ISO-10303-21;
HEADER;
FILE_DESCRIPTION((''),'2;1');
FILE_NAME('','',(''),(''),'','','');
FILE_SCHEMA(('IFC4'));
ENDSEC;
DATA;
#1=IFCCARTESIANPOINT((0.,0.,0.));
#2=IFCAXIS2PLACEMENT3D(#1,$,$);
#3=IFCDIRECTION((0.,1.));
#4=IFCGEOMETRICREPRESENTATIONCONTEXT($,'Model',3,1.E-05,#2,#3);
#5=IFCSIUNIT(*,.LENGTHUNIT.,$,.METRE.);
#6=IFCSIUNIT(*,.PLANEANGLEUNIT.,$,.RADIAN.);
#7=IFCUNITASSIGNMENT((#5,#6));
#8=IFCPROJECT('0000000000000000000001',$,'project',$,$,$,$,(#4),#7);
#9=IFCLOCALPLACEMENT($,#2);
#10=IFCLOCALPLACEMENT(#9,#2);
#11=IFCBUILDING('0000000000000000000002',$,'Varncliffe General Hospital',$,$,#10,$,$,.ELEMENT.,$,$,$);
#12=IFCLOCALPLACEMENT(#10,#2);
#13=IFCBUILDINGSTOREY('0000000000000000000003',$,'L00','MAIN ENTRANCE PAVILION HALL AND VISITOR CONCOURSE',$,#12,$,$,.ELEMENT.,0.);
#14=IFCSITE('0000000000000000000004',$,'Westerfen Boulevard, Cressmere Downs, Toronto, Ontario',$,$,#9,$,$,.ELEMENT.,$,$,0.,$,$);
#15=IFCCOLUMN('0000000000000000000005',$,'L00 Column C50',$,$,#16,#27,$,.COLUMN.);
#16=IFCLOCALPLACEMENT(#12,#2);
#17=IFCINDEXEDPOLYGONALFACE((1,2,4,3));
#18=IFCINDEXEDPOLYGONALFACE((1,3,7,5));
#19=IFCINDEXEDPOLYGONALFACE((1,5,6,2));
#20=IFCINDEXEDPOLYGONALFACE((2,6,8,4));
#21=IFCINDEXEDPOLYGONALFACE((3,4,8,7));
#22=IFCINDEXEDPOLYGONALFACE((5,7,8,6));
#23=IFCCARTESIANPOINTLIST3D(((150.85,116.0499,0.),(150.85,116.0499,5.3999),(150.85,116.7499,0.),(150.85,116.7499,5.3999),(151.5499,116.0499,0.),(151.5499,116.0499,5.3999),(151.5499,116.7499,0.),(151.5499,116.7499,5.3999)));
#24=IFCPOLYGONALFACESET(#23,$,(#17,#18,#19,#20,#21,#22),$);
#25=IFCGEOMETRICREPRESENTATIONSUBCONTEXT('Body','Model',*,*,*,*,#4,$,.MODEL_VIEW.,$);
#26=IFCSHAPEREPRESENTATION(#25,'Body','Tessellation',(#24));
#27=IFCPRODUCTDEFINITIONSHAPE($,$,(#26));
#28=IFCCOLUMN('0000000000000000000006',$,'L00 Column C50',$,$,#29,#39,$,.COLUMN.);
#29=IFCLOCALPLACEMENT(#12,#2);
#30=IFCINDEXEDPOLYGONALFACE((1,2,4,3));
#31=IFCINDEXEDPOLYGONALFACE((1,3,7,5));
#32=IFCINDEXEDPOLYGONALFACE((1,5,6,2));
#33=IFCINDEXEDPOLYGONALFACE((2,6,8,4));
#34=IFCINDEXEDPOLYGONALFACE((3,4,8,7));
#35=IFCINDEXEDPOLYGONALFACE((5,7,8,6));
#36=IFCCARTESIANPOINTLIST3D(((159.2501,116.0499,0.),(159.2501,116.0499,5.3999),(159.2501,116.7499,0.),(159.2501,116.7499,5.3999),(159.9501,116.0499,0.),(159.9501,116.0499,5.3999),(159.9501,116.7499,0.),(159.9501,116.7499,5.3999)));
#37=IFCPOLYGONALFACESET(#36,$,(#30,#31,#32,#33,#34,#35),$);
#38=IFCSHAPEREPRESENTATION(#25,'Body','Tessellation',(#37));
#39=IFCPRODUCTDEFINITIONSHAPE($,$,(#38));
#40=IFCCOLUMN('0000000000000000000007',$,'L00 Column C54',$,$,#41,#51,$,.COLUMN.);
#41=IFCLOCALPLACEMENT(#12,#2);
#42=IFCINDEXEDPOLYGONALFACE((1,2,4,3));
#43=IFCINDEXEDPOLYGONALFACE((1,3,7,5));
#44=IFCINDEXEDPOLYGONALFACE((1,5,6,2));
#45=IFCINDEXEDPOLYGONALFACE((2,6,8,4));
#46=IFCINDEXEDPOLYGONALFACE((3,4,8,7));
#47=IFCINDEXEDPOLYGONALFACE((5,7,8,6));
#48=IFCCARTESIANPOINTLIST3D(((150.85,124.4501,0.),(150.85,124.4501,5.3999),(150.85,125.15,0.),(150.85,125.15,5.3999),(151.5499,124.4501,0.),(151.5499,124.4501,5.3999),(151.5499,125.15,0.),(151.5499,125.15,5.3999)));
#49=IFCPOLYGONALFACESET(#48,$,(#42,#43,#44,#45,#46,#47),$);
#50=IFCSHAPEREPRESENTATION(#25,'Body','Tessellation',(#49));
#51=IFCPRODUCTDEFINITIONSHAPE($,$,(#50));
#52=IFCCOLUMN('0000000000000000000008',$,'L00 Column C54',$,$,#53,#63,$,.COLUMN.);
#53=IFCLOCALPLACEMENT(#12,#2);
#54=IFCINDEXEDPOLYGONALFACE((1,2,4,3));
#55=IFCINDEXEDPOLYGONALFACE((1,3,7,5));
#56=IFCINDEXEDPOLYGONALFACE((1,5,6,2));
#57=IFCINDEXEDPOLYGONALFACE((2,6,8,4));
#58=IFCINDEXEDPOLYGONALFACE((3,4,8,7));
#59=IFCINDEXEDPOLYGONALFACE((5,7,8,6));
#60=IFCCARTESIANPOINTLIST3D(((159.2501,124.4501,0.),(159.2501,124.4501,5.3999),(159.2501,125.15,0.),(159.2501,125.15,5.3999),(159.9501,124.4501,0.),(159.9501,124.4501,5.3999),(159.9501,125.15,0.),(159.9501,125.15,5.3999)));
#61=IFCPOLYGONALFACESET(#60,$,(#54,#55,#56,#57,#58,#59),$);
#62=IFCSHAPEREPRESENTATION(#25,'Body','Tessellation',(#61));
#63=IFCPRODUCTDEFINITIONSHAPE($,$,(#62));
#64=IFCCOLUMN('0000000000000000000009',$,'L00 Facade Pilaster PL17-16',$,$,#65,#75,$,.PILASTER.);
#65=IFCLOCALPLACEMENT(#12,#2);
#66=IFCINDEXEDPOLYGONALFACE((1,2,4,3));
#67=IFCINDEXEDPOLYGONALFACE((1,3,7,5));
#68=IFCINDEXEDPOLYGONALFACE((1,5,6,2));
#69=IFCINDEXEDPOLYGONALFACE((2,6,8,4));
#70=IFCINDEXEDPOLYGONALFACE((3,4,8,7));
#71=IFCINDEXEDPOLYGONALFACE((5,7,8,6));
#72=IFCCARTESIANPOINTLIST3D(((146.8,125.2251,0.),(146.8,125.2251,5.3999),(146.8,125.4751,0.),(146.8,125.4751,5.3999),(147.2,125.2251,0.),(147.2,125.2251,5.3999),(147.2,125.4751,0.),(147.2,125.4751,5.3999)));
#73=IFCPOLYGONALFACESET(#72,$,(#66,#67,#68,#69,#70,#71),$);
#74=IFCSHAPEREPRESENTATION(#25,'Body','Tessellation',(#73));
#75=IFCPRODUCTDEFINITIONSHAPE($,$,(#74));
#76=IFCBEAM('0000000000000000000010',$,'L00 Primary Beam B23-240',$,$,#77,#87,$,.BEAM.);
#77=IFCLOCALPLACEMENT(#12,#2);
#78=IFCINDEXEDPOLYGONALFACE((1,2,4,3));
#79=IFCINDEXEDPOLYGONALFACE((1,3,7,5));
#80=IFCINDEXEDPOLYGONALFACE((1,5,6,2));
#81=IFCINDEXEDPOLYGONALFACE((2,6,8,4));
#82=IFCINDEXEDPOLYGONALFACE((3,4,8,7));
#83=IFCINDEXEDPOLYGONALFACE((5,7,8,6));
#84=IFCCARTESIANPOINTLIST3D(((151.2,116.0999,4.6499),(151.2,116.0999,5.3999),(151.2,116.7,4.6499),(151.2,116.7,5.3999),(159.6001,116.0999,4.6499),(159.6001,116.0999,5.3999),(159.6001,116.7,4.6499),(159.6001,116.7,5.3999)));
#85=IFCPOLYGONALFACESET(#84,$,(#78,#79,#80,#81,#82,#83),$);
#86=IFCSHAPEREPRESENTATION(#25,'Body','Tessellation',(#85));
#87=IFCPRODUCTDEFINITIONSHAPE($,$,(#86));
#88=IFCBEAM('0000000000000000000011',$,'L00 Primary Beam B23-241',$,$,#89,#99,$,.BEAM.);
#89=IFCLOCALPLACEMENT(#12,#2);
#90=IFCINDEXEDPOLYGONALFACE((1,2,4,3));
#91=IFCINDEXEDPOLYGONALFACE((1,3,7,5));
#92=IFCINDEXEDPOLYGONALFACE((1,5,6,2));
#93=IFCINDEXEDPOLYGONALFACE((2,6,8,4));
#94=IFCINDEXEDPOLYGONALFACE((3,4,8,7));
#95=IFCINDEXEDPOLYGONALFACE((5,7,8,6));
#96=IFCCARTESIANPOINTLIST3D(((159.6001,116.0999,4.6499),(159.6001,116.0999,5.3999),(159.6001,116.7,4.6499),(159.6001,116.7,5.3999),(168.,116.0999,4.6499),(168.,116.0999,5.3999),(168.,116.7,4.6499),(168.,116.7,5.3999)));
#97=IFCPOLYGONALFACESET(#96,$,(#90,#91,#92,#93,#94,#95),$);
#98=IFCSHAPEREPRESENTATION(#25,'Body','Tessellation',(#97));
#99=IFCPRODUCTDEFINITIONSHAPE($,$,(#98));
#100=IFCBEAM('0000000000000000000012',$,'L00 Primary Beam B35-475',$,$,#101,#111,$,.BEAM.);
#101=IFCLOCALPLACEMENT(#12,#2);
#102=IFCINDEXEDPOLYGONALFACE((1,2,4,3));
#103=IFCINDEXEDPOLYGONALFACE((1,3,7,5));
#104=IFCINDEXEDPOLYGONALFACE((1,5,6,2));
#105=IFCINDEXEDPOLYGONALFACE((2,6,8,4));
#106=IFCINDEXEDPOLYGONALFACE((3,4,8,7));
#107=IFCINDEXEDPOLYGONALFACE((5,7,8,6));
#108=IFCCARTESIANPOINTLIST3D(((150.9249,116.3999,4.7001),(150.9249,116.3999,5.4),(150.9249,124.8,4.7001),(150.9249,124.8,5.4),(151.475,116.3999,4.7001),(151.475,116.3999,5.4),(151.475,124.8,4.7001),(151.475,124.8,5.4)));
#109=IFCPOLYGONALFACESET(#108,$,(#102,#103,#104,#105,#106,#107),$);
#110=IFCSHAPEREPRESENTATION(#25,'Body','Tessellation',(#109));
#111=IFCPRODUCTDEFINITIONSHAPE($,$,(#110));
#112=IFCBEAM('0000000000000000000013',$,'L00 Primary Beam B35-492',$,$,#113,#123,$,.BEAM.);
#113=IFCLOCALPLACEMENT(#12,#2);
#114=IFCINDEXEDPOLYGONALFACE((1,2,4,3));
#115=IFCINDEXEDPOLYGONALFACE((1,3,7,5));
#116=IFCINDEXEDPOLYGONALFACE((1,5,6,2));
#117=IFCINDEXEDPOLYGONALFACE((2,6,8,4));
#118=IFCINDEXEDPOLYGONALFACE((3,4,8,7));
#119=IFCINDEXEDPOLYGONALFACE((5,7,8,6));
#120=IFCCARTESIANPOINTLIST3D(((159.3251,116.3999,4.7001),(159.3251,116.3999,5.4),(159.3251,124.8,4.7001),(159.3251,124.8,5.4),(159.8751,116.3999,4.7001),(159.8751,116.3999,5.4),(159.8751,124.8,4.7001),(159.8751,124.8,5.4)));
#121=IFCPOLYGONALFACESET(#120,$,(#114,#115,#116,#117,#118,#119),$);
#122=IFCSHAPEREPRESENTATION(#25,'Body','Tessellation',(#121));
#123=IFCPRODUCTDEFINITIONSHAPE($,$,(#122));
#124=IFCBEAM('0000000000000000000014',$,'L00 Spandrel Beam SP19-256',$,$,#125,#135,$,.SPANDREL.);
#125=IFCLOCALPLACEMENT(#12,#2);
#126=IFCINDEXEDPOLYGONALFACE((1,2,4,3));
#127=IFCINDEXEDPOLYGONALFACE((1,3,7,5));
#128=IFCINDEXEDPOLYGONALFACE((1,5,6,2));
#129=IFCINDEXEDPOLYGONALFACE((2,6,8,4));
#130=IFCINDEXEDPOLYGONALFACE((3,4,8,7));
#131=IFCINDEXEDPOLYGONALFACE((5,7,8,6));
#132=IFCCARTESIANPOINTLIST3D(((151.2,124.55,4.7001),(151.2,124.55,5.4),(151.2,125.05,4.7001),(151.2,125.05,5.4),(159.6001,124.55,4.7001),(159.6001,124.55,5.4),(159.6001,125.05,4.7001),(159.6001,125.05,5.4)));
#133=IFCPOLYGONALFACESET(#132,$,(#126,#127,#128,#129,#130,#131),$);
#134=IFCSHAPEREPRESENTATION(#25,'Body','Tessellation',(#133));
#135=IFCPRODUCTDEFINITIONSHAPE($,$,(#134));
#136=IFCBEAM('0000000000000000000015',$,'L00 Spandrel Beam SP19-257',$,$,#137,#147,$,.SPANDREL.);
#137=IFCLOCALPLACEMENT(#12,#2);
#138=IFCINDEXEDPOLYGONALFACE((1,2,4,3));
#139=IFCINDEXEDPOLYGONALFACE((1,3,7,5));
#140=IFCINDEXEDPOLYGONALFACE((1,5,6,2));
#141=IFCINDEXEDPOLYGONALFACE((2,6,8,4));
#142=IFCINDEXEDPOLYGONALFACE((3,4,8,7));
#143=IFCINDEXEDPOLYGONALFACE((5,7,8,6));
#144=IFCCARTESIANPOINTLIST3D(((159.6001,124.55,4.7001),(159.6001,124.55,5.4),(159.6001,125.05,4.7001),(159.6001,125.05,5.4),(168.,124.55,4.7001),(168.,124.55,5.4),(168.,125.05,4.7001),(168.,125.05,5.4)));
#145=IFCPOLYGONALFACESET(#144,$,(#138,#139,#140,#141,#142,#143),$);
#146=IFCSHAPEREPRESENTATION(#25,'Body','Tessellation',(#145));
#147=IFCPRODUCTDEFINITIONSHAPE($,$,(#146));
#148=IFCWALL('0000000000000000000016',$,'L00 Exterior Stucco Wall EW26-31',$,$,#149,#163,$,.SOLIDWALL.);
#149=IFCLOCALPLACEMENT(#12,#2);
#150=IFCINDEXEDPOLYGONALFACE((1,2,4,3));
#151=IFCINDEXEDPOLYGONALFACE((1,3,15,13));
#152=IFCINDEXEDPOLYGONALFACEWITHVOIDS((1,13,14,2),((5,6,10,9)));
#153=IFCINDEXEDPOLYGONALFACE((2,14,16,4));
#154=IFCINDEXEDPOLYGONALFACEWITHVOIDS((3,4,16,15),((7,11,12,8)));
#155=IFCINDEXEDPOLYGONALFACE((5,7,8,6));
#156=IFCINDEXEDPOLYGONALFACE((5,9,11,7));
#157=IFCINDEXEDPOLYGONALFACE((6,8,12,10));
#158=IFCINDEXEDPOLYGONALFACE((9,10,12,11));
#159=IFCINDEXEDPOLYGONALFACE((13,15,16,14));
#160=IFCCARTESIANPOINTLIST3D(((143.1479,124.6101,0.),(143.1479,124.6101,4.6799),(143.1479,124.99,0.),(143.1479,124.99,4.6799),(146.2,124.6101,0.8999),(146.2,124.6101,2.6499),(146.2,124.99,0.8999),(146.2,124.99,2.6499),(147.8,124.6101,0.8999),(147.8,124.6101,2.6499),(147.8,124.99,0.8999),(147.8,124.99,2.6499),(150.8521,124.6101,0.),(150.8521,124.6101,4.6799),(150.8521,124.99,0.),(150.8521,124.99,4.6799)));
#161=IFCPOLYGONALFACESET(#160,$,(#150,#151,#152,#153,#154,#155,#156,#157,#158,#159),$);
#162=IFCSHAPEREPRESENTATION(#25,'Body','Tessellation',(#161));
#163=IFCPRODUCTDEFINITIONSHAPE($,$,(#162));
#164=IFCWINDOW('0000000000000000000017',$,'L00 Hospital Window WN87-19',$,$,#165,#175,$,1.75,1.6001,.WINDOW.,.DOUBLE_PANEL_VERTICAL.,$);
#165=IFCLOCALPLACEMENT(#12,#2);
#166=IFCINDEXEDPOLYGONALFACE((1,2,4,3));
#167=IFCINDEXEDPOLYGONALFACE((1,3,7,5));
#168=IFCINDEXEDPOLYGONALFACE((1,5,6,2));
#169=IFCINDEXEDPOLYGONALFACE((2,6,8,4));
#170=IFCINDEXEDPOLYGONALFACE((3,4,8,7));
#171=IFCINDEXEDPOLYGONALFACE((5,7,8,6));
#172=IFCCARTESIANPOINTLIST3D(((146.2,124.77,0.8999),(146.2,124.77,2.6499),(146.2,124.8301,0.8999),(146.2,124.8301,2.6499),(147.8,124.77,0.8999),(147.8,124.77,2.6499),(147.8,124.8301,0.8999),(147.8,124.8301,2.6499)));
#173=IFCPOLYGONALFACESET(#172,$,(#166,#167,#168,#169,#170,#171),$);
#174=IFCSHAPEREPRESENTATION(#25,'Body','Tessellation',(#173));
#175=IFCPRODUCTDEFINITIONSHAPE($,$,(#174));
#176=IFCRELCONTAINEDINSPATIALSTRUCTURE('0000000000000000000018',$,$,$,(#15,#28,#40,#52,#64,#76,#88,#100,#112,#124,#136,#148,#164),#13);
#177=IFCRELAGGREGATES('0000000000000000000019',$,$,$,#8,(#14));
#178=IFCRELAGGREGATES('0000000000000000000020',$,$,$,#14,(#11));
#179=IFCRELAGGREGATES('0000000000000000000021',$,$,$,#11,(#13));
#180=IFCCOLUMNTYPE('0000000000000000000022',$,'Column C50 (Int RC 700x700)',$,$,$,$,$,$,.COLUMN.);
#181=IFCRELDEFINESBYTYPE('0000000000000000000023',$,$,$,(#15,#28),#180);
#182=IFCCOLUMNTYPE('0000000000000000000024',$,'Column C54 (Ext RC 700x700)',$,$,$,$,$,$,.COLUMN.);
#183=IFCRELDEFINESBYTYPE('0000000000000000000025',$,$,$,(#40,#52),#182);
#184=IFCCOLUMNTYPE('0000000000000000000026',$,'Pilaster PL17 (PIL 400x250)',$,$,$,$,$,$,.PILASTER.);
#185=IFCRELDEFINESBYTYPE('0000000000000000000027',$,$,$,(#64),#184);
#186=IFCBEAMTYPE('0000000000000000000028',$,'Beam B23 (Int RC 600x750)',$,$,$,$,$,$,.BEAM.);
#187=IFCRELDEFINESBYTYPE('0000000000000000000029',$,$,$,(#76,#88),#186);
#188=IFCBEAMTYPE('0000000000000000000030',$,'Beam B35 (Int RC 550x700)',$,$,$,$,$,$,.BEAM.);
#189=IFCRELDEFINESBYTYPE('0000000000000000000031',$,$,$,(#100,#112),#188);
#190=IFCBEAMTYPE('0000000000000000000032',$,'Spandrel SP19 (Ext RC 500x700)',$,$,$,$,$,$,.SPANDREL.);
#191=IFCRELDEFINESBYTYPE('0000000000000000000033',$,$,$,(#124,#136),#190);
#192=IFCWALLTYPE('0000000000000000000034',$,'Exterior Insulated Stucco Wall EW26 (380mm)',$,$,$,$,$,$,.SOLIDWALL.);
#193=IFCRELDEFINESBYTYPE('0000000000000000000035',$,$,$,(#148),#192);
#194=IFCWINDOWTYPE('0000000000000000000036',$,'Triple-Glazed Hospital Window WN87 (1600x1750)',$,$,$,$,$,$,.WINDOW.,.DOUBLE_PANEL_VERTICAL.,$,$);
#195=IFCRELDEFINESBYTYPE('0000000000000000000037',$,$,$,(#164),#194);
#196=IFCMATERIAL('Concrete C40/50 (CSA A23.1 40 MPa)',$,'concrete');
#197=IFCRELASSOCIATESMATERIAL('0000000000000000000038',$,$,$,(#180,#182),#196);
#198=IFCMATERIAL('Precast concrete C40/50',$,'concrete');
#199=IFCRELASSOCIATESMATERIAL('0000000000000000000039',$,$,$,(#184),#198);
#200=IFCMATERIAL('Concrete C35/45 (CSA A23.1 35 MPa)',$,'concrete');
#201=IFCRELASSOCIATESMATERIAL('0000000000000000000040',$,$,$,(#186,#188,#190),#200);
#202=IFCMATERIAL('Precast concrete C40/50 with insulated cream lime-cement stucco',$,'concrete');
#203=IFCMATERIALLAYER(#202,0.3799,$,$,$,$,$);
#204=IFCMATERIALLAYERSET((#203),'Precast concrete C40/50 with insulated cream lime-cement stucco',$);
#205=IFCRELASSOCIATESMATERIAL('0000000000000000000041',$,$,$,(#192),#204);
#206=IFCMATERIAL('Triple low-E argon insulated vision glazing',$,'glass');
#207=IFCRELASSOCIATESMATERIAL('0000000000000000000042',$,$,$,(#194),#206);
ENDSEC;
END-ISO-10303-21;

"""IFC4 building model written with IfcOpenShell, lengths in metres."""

from ifc_helpers import new_model, si_unit, direction, frame, frame_2d, origin, origin_2d, place, context, subcontext, project, spatial, rectangle, extrude, material, layer, layer_set, material_profile, profile_set, type_object, element, fill, save


model = new_model("IFC4")

# Units and contexts
model_context = context("Model", 3, precision=1e-05, world=origin(), true_north=direction((0.0, 1.0)))
body_context = subcontext(model_context, "Body", "Model", "MODEL_VIEW")
ifc_project = project(units=[si_unit("LENGTHUNIT", "METRE"), si_unit("PLANEANGLEUNIT", "RADIAN")], contexts=[model_context])

# Site, building, storey
site_placement = place(None, origin())
site = spatial("IfcSite", under=ifc_project, at=site_placement, Name="Westerfen Boulevard, Cressmere Downs, Toronto, Ontario", CompositionType="ELEMENT", RefElevation=0.0)
building_placement = place(site_placement, origin())
building = spatial("IfcBuilding", under=site, at=building_placement, Name="Varncliffe General Hospital", CompositionType="ELEMENT")
storey_placement = place(building_placement, origin())
storey = spatial("IfcBuildingStorey", under=building, at=storey_placement, Name="L00", Description="MAIN ENTRANCE PAVILION HALL AND VISITOR CONCOURSE", CompositionType="ELEMENT", Elevation=0.0)

# Columns
ifc_material_1 = material(Name="Concrete C40/50 (CSA A23.1 40 MPa)", Category="concrete")
ifc_material_profile_1 = material_profile(ifc_material_1, rectangle(XDim=0.7, YDim=0.7, at=origin_2d()), Name="RC 700x700")
ifc_profile_set_1 = profile_set([ifc_material_profile_1], Name="Concrete C40/50 (CSA A23.1 40 MPa)")
column_type_1 = type_object("IfcColumnType", Name="Column C50 (Int RC 700x700)", PredefinedType="COLUMN", material=ifc_profile_set_1)
for number, where, z_axis, x_axis, name in (
    (1, (151.2, 116.3999, 0.0), (0.0, 0.0, 1.0), (1.0, 0.0, 0.0), "L00 Column C50"),
    (2, (159.6001, 116.3999, 0.0), (0.0, 0.0, 1.0), (1.0, 0.0, 0.0), "L00 Column C50"),
):
    element("IfcColumn", number, at=place(storey_placement, frame(where, z_axis=z_axis, x_axis=x_axis)), inside=storey, type_object=column_type_1, Name=name, PredefinedType="COLUMN", context=body_context, shape_type="SweptSolid", body=[
        extrude(rectangle(XDim=0.7, YDim=0.7, at=origin_2d()), origin(), (0.0, 0.0, 1.0), 5.3999),
    ])
ifc_material_profile_2 = material_profile(ifc_material_1, rectangle(XDim=0.7, YDim=0.7, at=origin_2d()), Name="RC 700x700")
ifc_profile_set_2 = profile_set([ifc_material_profile_2], Name="Concrete C40/50 (CSA A23.1 40 MPa)")
column_type_2 = type_object("IfcColumnType", Name="Column C54 (Ext RC 700x700)", PredefinedType="COLUMN", material=ifc_profile_set_2)
for number, where, z_axis, x_axis, name in (
    (3, (151.2, 124.8, 0.0), (0.0, 0.0, 1.0), (1.0, 0.0, 0.0), "L00 Column C54"),
    (4, (159.6001, 124.8, 0.0), (0.0, 0.0, 1.0), (1.0, 0.0, 0.0), "L00 Column C54"),
):
    element("IfcColumn", number, at=place(storey_placement, frame(where, z_axis=z_axis, x_axis=x_axis)), inside=storey, type_object=column_type_2, Name=name, PredefinedType="COLUMN", context=body_context, shape_type="SweptSolid", body=[
        extrude(rectangle(XDim=0.7, YDim=0.7, at=origin_2d()), origin(), (0.0, 0.0, 1.0), 5.3999),
    ])
ifc_material_2 = material(Name="Precast concrete C40/50", Category="concrete")
ifc_material_profile_3 = material_profile(ifc_material_2, rectangle(XDim=0.3999, YDim=0.25, at=origin_2d()), Name="PIL 400x250")
ifc_profile_set_3 = profile_set([ifc_material_profile_3], Name="Precast concrete C40/50")
column_type_3 = type_object("IfcColumnType", Name="Pilaster PL17 (PIL 400x250)", PredefinedType="PILASTER", material=ifc_profile_set_3)
column_placement = place(storey_placement, frame((147.0, 125.3501, 0.0), z_axis=(0.0, 0.0, 1.0), x_axis=(1.0, 0.0, 0.0)))
element("IfcColumn", 5, at=column_placement, inside=storey, type_object=column_type_3, Name="L00 Facade Pilaster PL17-16", PredefinedType="PILASTER", context=body_context, shape_type="SweptSolid", body=[
    extrude(rectangle(XDim=0.3999, YDim=0.25, at=origin_2d()), origin(), (0.0, 0.0, 1.0), 5.3999),
])

# Beams
ifc_material_3 = material(Name="Concrete C35/45 (CSA A23.1 35 MPa)", Category="concrete")
ifc_material_profile_4 = material_profile(ifc_material_3, rectangle(XDim=0.6001, YDim=0.75, at=origin_2d()), Name="RC 600x750")
ifc_profile_set_4 = profile_set([ifc_material_profile_4], Name="Concrete C35/45 (CSA A23.1 35 MPa)")
beam_type_1 = type_object("IfcBeamType", Name="Beam B23 (Int RC 600x750)", PredefinedType="BEAM", material=ifc_profile_set_4)
beam_1_placement = place(storey_placement, frame((151.2, 116.3999, 5.0249), z_axis=(1.0, 0.0, 0.0), x_axis=(0.0, 1.0, 0.0)))
element("IfcBeam", 6, at=beam_1_placement, inside=storey, type_object=beam_type_1, Name="L00 Primary Beam B23-240", PredefinedType="BEAM", context=body_context, shape_type="SweptSolid", body=[
    extrude(rectangle(XDim=0.6001, YDim=0.75, at=origin_2d()), origin(), (0.0, 0.0, 1.0), 8.4001),
])
beam_2_placement = place(storey_placement, frame((159.6001, 116.3999, 5.0249), z_axis=(1.0, 0.0, 0.0), x_axis=(0.0, 1.0, 0.0)))
element("IfcBeam", 7, at=beam_2_placement, inside=storey, type_object=beam_type_1, Name="L00 Primary Beam B23-241", PredefinedType="BEAM", context=body_context, shape_type="SweptSolid", body=[
    extrude(rectangle(XDim=0.6001, YDim=0.75, at=origin_2d()), origin(), (0.0, 0.0, 1.0), 8.3999),
])
ifc_material_profile_5 = material_profile(ifc_material_3, rectangle(XDim=0.55, YDim=0.7, at=origin_2d()), Name="RC 550x700")
ifc_profile_set_5 = profile_set([ifc_material_profile_5], Name="Concrete C35/45 (CSA A23.1 35 MPa)")
beam_type_2 = type_object("IfcBeamType", Name="Beam B35 (Int RC 550x700)", PredefinedType="BEAM", material=ifc_profile_set_5)
for number, where, z_axis, x_axis, name in (
    (8, (151.2, 116.3999, 5.05), (0.0, 1.0, 0.0), (-1.0, 0.0, 0.0), "L00 Primary Beam B35-475"),
    (9, (159.6001, 116.3999, 5.05), (0.0, 1.0, 0.0), (-1.0, 0.0, 0.0), "L00 Primary Beam B35-492"),
):
    element("IfcBeam", number, at=place(storey_placement, frame(where, z_axis=z_axis, x_axis=x_axis)), inside=storey, type_object=beam_type_2, Name=name, PredefinedType="BEAM", context=body_context, shape_type="SweptSolid", body=[
        extrude(rectangle(XDim=0.55, YDim=0.7, at=origin_2d()), origin(), (0.0, 0.0, 1.0), 8.4001),
    ])
ifc_material_profile_6 = material_profile(ifc_material_3, rectangle(XDim=0.5, YDim=0.7, at=origin_2d()), Name="RC 500x700")
ifc_profile_set_6 = profile_set([ifc_material_profile_6], Name="Concrete C35/45 (CSA A23.1 35 MPa)")
beam_type_3 = type_object("IfcBeamType", Name="Spandrel SP19 (Ext RC 500x700)", PredefinedType="SPANDREL", material=ifc_profile_set_6)
beam_3_placement = place(storey_placement, frame((151.2, 124.8, 5.05), z_axis=(1.0, 0.0, 0.0), x_axis=(0.0, 1.0, 0.0)))
element("IfcBeam", 10, at=beam_3_placement, inside=storey, type_object=beam_type_3, Name="L00 Spandrel Beam SP19-256", PredefinedType="SPANDREL", context=body_context, shape_type="SweptSolid", body=[
    extrude(rectangle(XDim=0.5, YDim=0.7, at=origin_2d()), origin(), (0.0, 0.0, 1.0), 8.4001),
])
beam_4_placement = place(storey_placement, frame((159.6001, 124.8, 5.05), z_axis=(1.0, 0.0, 0.0), x_axis=(0.0, 1.0, 0.0)))
element("IfcBeam", 11, at=beam_4_placement, inside=storey, type_object=beam_type_3, Name="L00 Spandrel Beam SP19-257", PredefinedType="SPANDREL", context=body_context, shape_type="SweptSolid", body=[
    extrude(rectangle(XDim=0.5, YDim=0.7, at=origin_2d()), origin(), (0.0, 0.0, 1.0), 8.3999),
])

# Wall, opening, window
ifc_material_4 = material(Name="Precast concrete C40/50 with insulated cream lime-cement stucco", Category="concrete")
ifc_layer_1 = layer(ifc_material_4, 0.3799)
ifc_layer_set_1 = layer_set([ifc_layer_1], Name="Precast concrete C40/50 with insulated cream lime-cement stucco")
wall_type_1 = type_object("IfcWallType", Name="Exterior Insulated Stucco Wall EW26 (380mm)", PredefinedType="SOLIDWALL", material=ifc_layer_set_1)
wall_1_placement = place(storey_placement, frame((143.1479, 124.8, 0.0), z_axis=(0.0, 0.0, 1.0), x_axis=(1.0, 0.0, 0.0)))
wall_1 = element("IfcWall", 12, at=wall_1_placement, inside=storey, type_object=wall_type_1, Name="L00 Exterior Stucco Wall EW26-31", PredefinedType="SOLIDWALL", context=body_context, shape_type="SweptSolid", body=[
    extrude(rectangle(XDim=7.7041, YDim=0.3799, at=frame_2d((3.8521, 0.0))), origin(), (0.0, 0.0, 1.0), 4.6799),
])
opening_1_placement = place(wall_1_placement, frame((3.052, 0.0, 0.8999)))
opening_1 = element("IfcOpeningElement", 13, at=opening_1_placement, cuts=wall_1, PredefinedType="OPENING", context=body_context, shape_type="SweptSolid", body=[
    extrude(rectangle(XDim=1.6001, YDim=1.75, at=frame_2d((0.8, 0.875))), frame((0.0, 0.2, 0.0), z_axis=(0.0, -1.0, 0.0), x_axis=(1.0, 0.0, 0.0)), (0.0, 0.0, 1.0), 0.3999),
])
ifc_material_5 = material(Name="Triple low-E argon insulated vision glazing", Category="glass")
window_type_1 = type_object("IfcWindowType", Name="Triple-Glazed Hospital Window WN87 (1600x1750)", PartitioningType="DOUBLE_PANEL_VERTICAL", PredefinedType="WINDOW", material=ifc_material_5)
window_1_placement = place(opening_1_placement, origin())
window_1 = element("IfcWindow", 14, at=window_1_placement, inside=storey, type_object=window_type_1, Name="L00 Hospital Window WN87-19", OverallHeight=1.75, OverallWidth=1.6001, PartitioningType="DOUBLE_PANEL_VERTICAL", PredefinedType="WINDOW", context=body_context, shape_type="SweptSolid", body=[
    extrude(rectangle(XDim=1.6001, YDim=1.75, at=frame_2d((0.8, 0.875))), frame((0.0, 0.03, 0.0), z_axis=(0.0, -1.0, 0.0), x_axis=(1.0, 0.0, 0.0)), (0.0, 0.0, 1.0), 0.0601),
])
fill(opening_1, window_1)

save(model, "model.ifc")
